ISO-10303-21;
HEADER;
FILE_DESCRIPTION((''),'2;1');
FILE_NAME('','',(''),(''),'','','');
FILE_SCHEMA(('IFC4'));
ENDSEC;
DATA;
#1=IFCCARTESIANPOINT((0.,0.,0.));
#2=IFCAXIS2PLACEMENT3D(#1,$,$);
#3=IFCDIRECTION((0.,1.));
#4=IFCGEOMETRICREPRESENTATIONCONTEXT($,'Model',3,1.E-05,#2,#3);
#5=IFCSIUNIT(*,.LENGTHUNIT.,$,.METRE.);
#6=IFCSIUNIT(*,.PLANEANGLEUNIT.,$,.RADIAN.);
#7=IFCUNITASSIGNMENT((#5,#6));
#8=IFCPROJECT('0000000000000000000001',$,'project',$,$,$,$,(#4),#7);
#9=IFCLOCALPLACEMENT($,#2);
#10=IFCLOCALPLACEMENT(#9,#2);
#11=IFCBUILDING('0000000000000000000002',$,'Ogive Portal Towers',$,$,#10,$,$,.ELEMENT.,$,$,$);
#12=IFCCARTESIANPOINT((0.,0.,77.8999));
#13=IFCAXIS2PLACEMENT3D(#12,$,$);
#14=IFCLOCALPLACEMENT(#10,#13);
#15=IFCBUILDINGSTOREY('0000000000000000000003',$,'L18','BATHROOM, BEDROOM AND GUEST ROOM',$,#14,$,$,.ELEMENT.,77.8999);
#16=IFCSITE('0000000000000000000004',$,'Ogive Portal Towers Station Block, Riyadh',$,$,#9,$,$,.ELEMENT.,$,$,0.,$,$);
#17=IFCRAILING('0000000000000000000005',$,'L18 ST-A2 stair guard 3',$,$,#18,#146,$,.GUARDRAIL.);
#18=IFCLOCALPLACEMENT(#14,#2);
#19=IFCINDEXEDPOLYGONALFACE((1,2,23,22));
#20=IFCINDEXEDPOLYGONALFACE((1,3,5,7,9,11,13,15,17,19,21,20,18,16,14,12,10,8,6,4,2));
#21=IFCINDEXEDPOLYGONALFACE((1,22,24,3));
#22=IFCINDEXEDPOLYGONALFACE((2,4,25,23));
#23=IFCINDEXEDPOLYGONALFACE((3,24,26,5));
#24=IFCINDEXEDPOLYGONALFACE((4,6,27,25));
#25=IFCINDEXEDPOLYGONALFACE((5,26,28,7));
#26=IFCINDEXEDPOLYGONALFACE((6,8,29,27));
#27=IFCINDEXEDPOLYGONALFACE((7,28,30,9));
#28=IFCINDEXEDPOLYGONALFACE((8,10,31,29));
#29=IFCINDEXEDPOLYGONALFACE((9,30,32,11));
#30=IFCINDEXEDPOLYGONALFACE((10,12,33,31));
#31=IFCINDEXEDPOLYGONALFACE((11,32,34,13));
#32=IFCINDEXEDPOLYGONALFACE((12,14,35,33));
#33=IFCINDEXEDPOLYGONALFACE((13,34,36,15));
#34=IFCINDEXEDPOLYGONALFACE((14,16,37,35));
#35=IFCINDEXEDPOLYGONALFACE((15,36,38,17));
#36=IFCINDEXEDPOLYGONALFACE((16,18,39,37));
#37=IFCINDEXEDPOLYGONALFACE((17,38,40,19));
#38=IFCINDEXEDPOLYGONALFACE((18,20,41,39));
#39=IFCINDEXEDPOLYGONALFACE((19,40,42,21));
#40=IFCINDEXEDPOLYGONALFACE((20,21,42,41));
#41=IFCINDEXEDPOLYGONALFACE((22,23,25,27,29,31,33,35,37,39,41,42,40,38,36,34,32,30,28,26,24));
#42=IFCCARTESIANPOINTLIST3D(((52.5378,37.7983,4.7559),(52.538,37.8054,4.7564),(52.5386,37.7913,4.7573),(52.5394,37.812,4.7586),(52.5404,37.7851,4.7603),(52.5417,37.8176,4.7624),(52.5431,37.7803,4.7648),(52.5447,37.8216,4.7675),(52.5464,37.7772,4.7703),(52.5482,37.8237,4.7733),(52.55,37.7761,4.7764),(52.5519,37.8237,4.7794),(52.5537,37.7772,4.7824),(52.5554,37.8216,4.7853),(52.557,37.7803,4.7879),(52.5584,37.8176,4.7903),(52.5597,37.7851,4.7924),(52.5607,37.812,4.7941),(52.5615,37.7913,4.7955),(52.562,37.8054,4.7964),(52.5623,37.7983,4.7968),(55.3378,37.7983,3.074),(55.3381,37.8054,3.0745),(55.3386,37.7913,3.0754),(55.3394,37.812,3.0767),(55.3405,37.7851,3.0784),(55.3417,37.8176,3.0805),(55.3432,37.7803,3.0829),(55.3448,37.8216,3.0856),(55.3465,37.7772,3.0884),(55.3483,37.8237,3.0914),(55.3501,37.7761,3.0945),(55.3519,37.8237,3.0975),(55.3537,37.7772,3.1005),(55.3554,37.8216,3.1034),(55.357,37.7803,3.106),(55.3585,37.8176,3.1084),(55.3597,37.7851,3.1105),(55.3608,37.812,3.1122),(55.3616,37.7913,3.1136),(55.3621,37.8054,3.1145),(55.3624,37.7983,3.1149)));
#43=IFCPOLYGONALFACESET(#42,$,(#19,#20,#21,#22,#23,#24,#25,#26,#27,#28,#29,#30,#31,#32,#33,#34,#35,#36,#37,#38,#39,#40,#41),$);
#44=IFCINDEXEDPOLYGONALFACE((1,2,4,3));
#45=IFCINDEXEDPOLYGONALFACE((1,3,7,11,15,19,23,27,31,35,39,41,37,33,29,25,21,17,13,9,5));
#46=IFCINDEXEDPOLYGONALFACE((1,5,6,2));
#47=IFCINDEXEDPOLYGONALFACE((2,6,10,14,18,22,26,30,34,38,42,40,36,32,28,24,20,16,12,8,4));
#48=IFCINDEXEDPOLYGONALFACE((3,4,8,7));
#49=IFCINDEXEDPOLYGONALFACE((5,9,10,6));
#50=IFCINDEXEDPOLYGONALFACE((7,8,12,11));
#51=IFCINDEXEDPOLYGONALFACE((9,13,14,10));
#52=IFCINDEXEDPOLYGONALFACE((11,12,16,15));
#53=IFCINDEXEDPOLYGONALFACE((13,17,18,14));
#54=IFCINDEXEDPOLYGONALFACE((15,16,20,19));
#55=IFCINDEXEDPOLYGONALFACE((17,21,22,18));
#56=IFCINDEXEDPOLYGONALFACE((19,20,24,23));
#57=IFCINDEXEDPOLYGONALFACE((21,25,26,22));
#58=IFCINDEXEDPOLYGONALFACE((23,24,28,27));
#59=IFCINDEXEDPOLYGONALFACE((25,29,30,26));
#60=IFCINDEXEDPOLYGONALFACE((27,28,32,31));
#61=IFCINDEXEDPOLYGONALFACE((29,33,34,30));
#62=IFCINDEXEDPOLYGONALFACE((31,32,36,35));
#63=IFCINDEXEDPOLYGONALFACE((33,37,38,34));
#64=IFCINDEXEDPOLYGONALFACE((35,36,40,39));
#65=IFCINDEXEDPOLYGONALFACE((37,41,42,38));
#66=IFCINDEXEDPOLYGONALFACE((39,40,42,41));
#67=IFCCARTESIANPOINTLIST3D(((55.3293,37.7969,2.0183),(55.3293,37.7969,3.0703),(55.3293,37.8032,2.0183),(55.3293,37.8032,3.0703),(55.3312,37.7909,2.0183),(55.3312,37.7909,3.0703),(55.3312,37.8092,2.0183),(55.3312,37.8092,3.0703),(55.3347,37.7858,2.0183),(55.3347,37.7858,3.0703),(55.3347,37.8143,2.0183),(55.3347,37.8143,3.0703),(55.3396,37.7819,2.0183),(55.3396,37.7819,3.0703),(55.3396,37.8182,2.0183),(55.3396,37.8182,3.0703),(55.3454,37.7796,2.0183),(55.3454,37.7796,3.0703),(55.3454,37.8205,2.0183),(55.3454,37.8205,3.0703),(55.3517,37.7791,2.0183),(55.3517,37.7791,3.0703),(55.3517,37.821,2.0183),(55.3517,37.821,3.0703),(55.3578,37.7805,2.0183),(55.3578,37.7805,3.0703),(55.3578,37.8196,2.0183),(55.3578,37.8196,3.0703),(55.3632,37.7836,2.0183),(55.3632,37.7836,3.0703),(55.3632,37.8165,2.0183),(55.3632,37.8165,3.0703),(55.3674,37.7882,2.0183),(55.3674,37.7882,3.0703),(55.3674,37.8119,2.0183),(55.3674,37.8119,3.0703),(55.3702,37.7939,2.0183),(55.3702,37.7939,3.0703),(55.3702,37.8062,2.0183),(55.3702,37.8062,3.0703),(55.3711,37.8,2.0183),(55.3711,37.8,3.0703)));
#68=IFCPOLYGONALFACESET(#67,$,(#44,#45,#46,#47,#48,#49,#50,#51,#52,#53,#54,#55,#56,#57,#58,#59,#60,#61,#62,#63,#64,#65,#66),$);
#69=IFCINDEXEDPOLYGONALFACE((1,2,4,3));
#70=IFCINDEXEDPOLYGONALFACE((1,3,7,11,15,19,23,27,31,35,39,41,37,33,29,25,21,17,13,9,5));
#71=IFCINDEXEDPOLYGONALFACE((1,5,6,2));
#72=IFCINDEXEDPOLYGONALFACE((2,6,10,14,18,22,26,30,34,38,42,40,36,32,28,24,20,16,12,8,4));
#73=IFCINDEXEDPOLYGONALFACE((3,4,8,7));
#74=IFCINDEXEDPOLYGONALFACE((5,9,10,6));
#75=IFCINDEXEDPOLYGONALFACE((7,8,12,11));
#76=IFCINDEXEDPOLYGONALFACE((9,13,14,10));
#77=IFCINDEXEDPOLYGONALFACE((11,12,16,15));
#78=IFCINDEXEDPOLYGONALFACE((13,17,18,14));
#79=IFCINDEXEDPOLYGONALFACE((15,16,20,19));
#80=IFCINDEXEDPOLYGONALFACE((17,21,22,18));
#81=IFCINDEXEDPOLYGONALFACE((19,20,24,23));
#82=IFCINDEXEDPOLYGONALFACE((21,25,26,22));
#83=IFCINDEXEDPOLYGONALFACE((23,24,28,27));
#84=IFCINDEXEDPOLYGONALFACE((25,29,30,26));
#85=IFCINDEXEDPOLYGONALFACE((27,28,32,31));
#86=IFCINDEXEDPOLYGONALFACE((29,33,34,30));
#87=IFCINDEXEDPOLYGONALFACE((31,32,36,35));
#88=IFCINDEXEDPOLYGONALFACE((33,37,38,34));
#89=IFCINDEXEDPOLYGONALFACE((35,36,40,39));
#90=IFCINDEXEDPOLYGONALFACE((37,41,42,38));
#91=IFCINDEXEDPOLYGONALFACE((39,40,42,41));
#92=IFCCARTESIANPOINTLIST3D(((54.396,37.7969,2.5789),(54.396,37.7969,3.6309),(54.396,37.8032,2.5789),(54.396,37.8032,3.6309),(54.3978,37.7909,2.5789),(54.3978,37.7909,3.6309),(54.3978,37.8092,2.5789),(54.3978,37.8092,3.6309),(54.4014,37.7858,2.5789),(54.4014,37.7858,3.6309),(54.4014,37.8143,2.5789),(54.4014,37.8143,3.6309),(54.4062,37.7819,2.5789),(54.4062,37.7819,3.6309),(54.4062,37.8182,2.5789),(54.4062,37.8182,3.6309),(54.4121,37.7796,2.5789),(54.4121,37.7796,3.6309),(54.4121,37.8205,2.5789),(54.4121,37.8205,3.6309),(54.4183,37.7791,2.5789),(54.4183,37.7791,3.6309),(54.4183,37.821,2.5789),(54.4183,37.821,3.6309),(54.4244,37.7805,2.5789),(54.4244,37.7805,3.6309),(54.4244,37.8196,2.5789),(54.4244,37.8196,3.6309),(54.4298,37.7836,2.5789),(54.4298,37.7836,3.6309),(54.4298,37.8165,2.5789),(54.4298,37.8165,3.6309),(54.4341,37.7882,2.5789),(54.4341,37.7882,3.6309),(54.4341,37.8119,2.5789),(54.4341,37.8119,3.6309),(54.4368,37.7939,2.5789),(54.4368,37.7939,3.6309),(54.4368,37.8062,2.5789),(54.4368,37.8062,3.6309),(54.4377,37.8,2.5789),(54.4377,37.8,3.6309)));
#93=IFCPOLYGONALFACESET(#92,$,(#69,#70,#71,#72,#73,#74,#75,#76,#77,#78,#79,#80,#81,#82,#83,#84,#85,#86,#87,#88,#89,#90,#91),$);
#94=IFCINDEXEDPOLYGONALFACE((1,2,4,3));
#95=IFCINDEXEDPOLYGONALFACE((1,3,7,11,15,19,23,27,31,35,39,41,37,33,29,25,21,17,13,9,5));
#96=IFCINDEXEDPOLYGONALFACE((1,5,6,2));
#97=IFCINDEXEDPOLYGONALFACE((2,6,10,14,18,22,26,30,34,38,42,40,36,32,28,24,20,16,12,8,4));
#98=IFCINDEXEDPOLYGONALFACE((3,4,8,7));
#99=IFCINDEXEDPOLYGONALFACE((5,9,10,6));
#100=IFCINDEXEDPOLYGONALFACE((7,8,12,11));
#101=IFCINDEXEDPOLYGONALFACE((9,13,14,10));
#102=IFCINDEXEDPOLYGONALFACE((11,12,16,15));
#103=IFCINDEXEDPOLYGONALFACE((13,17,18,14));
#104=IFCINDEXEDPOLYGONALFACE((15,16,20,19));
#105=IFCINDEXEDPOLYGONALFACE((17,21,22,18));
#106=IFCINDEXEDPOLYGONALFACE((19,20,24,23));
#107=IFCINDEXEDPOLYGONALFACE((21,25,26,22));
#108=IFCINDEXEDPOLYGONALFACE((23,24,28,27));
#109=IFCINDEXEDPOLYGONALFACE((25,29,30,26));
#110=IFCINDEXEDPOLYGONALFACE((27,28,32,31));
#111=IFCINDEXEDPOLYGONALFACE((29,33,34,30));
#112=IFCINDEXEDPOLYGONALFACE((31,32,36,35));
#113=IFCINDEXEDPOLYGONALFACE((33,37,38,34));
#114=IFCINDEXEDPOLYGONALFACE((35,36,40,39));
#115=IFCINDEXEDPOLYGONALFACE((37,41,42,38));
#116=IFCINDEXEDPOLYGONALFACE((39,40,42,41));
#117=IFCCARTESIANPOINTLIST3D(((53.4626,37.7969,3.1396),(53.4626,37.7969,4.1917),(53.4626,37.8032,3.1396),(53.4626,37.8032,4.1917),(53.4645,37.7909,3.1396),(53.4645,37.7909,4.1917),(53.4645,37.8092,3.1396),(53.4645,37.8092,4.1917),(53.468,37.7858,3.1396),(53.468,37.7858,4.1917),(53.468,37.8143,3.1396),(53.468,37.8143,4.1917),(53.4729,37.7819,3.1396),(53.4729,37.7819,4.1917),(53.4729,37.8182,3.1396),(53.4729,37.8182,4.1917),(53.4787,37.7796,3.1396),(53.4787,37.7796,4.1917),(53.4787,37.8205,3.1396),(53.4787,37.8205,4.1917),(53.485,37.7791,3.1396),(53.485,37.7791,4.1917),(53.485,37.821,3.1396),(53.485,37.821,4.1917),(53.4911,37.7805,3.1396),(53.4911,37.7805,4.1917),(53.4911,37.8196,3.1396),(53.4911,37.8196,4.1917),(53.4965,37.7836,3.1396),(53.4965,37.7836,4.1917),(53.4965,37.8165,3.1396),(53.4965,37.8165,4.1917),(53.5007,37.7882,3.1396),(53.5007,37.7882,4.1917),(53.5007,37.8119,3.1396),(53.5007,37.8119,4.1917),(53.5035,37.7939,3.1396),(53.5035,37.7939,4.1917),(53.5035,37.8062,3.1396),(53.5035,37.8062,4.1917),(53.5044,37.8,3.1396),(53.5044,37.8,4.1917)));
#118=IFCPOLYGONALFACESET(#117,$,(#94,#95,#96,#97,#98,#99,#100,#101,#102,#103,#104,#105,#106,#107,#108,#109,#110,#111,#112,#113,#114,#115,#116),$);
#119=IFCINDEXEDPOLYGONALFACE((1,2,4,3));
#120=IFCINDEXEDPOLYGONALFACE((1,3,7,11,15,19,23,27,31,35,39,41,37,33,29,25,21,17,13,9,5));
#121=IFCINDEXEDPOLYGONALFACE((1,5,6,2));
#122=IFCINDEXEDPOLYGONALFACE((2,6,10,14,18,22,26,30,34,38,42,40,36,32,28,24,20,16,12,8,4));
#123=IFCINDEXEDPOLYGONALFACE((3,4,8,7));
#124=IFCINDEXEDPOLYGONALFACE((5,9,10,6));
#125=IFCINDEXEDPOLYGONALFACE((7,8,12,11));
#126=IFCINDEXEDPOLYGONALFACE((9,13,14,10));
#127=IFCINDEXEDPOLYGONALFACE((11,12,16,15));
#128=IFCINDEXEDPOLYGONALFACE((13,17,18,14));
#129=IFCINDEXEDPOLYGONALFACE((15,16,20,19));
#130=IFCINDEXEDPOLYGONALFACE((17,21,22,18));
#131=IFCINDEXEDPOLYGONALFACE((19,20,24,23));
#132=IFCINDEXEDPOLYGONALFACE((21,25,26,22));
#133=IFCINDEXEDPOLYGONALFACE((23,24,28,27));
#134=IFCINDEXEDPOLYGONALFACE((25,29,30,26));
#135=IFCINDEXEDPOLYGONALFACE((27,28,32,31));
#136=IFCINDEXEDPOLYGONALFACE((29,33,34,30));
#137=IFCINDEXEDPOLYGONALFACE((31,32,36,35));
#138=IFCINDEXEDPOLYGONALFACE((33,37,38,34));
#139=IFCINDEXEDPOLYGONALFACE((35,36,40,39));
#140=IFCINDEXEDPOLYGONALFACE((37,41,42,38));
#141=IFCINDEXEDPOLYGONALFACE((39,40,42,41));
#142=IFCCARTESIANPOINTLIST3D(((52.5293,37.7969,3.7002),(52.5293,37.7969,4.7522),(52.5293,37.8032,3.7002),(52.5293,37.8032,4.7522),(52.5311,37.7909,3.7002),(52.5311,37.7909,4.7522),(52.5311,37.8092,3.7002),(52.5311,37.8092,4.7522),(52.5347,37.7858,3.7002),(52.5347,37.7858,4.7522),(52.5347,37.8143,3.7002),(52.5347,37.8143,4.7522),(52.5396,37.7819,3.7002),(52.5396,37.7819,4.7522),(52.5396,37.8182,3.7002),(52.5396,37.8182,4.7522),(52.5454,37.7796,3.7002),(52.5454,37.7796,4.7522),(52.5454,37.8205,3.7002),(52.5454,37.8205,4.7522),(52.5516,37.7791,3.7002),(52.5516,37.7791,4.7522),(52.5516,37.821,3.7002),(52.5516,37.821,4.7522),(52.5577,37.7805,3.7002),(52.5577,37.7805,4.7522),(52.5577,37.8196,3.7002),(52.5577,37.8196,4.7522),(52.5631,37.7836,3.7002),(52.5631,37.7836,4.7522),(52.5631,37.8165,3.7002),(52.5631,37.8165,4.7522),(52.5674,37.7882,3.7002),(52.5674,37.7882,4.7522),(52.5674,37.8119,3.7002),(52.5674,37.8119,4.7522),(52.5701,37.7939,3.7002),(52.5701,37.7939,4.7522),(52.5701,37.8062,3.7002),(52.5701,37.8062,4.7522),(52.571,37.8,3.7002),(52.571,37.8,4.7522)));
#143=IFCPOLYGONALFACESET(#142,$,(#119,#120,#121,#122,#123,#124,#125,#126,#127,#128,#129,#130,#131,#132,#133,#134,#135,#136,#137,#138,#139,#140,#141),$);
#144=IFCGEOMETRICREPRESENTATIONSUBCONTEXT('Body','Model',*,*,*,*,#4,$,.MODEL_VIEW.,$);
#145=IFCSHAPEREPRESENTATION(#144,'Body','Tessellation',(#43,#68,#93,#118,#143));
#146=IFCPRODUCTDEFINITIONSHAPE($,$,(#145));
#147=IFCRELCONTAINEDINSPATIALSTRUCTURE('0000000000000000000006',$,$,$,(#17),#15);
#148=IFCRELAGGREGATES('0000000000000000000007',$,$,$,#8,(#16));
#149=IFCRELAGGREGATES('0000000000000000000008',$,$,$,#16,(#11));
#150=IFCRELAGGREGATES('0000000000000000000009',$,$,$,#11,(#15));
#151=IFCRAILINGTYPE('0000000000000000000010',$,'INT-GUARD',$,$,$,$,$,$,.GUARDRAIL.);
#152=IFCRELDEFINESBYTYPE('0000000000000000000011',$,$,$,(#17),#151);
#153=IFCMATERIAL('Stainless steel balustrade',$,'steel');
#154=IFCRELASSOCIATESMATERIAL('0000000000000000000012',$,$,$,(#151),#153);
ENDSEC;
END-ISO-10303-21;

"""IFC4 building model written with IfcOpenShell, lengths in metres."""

from ifc_helpers import new_model, si_unit, direction, frame, origin, origin_2d, place, context, subcontext, project, spatial, circle, extrude, material, type_object, element, save


model = new_model("IFC4")

# Units and contexts
model_context = context("Model", 3, precision=1e-05, world=origin(), true_north=direction((0.0, 1.0)))
body_context = subcontext(model_context, "Body", "Model", "MODEL_VIEW")
ifc_project = project(units=[si_unit("LENGTHUNIT", "METRE"), si_unit("PLANEANGLEUNIT", "RADIAN")], contexts=[model_context])

# Site, building, storey
site_placement = place(None, origin())
site = spatial("IfcSite", under=ifc_project, at=site_placement, Name="Ogive Portal Towers Station Block, Riyadh", CompositionType="ELEMENT", RefElevation=0.0)
building_placement = place(site_placement, origin())
building = spatial("IfcBuilding", under=site, at=building_placement, Name="Ogive Portal Towers", CompositionType="ELEMENT")
storey_placement = place(building_placement, frame((0.0, 0.0, 77.8999)))
storey = spatial("IfcBuildingStorey", under=building, at=storey_placement, Name="L18", Description="BATHROOM, BEDROOM AND GUEST ROOM", CompositionType="ELEMENT", Elevation=77.8999)

# Railing
ifc_material_1 = material(Name="Stainless steel balustrade", Category="steel")
railing_type_1 = type_object("IfcRailingType", Name="INT-GUARD", PredefinedType="GUARDRAIL", material=ifc_material_1)
railing_1_placement = place(storey_placement, frame((55.3501, 37.8, 2.0183)))
element("IfcRailing", 1, at=railing_1_placement, inside=storey, type_object=railing_type_1, Name="L18 ST-A2 stair guard 3", PredefinedType="GUARDRAIL", context=body_context, shape_type="SweptSolid", body=[
    extrude(circle(Radius=0.0239, at=origin_2d()), frame((0.0, 0.0, 1.0762), z_axis=(-0.857242, 0.0, 0.514913), x_axis=(0.0, -1.0, 0.0)), (0.0, 0.0, 1.0), 3.2664),
    extrude(circle(Radius=0.021, at=origin_2d()), origin(), (0.0, 0.0, 1.0), 1.052),
    extrude(circle(Radius=0.021, at=origin_2d()), frame((-0.9333, 0.0, 0.5605)), (0.0, 0.0, 1.0), 1.052),
    extrude(circle(Radius=0.021, at=origin_2d()), frame((-1.8667, 0.0, 1.1213)), (0.0, 0.0, 1.0), 1.052),
    extrude(circle(Radius=0.021, at=origin_2d()), frame((-2.8, 0.0, 1.6819)), (0.0, 0.0, 1.0), 1.052),
])

save(model, "model.ifc")
